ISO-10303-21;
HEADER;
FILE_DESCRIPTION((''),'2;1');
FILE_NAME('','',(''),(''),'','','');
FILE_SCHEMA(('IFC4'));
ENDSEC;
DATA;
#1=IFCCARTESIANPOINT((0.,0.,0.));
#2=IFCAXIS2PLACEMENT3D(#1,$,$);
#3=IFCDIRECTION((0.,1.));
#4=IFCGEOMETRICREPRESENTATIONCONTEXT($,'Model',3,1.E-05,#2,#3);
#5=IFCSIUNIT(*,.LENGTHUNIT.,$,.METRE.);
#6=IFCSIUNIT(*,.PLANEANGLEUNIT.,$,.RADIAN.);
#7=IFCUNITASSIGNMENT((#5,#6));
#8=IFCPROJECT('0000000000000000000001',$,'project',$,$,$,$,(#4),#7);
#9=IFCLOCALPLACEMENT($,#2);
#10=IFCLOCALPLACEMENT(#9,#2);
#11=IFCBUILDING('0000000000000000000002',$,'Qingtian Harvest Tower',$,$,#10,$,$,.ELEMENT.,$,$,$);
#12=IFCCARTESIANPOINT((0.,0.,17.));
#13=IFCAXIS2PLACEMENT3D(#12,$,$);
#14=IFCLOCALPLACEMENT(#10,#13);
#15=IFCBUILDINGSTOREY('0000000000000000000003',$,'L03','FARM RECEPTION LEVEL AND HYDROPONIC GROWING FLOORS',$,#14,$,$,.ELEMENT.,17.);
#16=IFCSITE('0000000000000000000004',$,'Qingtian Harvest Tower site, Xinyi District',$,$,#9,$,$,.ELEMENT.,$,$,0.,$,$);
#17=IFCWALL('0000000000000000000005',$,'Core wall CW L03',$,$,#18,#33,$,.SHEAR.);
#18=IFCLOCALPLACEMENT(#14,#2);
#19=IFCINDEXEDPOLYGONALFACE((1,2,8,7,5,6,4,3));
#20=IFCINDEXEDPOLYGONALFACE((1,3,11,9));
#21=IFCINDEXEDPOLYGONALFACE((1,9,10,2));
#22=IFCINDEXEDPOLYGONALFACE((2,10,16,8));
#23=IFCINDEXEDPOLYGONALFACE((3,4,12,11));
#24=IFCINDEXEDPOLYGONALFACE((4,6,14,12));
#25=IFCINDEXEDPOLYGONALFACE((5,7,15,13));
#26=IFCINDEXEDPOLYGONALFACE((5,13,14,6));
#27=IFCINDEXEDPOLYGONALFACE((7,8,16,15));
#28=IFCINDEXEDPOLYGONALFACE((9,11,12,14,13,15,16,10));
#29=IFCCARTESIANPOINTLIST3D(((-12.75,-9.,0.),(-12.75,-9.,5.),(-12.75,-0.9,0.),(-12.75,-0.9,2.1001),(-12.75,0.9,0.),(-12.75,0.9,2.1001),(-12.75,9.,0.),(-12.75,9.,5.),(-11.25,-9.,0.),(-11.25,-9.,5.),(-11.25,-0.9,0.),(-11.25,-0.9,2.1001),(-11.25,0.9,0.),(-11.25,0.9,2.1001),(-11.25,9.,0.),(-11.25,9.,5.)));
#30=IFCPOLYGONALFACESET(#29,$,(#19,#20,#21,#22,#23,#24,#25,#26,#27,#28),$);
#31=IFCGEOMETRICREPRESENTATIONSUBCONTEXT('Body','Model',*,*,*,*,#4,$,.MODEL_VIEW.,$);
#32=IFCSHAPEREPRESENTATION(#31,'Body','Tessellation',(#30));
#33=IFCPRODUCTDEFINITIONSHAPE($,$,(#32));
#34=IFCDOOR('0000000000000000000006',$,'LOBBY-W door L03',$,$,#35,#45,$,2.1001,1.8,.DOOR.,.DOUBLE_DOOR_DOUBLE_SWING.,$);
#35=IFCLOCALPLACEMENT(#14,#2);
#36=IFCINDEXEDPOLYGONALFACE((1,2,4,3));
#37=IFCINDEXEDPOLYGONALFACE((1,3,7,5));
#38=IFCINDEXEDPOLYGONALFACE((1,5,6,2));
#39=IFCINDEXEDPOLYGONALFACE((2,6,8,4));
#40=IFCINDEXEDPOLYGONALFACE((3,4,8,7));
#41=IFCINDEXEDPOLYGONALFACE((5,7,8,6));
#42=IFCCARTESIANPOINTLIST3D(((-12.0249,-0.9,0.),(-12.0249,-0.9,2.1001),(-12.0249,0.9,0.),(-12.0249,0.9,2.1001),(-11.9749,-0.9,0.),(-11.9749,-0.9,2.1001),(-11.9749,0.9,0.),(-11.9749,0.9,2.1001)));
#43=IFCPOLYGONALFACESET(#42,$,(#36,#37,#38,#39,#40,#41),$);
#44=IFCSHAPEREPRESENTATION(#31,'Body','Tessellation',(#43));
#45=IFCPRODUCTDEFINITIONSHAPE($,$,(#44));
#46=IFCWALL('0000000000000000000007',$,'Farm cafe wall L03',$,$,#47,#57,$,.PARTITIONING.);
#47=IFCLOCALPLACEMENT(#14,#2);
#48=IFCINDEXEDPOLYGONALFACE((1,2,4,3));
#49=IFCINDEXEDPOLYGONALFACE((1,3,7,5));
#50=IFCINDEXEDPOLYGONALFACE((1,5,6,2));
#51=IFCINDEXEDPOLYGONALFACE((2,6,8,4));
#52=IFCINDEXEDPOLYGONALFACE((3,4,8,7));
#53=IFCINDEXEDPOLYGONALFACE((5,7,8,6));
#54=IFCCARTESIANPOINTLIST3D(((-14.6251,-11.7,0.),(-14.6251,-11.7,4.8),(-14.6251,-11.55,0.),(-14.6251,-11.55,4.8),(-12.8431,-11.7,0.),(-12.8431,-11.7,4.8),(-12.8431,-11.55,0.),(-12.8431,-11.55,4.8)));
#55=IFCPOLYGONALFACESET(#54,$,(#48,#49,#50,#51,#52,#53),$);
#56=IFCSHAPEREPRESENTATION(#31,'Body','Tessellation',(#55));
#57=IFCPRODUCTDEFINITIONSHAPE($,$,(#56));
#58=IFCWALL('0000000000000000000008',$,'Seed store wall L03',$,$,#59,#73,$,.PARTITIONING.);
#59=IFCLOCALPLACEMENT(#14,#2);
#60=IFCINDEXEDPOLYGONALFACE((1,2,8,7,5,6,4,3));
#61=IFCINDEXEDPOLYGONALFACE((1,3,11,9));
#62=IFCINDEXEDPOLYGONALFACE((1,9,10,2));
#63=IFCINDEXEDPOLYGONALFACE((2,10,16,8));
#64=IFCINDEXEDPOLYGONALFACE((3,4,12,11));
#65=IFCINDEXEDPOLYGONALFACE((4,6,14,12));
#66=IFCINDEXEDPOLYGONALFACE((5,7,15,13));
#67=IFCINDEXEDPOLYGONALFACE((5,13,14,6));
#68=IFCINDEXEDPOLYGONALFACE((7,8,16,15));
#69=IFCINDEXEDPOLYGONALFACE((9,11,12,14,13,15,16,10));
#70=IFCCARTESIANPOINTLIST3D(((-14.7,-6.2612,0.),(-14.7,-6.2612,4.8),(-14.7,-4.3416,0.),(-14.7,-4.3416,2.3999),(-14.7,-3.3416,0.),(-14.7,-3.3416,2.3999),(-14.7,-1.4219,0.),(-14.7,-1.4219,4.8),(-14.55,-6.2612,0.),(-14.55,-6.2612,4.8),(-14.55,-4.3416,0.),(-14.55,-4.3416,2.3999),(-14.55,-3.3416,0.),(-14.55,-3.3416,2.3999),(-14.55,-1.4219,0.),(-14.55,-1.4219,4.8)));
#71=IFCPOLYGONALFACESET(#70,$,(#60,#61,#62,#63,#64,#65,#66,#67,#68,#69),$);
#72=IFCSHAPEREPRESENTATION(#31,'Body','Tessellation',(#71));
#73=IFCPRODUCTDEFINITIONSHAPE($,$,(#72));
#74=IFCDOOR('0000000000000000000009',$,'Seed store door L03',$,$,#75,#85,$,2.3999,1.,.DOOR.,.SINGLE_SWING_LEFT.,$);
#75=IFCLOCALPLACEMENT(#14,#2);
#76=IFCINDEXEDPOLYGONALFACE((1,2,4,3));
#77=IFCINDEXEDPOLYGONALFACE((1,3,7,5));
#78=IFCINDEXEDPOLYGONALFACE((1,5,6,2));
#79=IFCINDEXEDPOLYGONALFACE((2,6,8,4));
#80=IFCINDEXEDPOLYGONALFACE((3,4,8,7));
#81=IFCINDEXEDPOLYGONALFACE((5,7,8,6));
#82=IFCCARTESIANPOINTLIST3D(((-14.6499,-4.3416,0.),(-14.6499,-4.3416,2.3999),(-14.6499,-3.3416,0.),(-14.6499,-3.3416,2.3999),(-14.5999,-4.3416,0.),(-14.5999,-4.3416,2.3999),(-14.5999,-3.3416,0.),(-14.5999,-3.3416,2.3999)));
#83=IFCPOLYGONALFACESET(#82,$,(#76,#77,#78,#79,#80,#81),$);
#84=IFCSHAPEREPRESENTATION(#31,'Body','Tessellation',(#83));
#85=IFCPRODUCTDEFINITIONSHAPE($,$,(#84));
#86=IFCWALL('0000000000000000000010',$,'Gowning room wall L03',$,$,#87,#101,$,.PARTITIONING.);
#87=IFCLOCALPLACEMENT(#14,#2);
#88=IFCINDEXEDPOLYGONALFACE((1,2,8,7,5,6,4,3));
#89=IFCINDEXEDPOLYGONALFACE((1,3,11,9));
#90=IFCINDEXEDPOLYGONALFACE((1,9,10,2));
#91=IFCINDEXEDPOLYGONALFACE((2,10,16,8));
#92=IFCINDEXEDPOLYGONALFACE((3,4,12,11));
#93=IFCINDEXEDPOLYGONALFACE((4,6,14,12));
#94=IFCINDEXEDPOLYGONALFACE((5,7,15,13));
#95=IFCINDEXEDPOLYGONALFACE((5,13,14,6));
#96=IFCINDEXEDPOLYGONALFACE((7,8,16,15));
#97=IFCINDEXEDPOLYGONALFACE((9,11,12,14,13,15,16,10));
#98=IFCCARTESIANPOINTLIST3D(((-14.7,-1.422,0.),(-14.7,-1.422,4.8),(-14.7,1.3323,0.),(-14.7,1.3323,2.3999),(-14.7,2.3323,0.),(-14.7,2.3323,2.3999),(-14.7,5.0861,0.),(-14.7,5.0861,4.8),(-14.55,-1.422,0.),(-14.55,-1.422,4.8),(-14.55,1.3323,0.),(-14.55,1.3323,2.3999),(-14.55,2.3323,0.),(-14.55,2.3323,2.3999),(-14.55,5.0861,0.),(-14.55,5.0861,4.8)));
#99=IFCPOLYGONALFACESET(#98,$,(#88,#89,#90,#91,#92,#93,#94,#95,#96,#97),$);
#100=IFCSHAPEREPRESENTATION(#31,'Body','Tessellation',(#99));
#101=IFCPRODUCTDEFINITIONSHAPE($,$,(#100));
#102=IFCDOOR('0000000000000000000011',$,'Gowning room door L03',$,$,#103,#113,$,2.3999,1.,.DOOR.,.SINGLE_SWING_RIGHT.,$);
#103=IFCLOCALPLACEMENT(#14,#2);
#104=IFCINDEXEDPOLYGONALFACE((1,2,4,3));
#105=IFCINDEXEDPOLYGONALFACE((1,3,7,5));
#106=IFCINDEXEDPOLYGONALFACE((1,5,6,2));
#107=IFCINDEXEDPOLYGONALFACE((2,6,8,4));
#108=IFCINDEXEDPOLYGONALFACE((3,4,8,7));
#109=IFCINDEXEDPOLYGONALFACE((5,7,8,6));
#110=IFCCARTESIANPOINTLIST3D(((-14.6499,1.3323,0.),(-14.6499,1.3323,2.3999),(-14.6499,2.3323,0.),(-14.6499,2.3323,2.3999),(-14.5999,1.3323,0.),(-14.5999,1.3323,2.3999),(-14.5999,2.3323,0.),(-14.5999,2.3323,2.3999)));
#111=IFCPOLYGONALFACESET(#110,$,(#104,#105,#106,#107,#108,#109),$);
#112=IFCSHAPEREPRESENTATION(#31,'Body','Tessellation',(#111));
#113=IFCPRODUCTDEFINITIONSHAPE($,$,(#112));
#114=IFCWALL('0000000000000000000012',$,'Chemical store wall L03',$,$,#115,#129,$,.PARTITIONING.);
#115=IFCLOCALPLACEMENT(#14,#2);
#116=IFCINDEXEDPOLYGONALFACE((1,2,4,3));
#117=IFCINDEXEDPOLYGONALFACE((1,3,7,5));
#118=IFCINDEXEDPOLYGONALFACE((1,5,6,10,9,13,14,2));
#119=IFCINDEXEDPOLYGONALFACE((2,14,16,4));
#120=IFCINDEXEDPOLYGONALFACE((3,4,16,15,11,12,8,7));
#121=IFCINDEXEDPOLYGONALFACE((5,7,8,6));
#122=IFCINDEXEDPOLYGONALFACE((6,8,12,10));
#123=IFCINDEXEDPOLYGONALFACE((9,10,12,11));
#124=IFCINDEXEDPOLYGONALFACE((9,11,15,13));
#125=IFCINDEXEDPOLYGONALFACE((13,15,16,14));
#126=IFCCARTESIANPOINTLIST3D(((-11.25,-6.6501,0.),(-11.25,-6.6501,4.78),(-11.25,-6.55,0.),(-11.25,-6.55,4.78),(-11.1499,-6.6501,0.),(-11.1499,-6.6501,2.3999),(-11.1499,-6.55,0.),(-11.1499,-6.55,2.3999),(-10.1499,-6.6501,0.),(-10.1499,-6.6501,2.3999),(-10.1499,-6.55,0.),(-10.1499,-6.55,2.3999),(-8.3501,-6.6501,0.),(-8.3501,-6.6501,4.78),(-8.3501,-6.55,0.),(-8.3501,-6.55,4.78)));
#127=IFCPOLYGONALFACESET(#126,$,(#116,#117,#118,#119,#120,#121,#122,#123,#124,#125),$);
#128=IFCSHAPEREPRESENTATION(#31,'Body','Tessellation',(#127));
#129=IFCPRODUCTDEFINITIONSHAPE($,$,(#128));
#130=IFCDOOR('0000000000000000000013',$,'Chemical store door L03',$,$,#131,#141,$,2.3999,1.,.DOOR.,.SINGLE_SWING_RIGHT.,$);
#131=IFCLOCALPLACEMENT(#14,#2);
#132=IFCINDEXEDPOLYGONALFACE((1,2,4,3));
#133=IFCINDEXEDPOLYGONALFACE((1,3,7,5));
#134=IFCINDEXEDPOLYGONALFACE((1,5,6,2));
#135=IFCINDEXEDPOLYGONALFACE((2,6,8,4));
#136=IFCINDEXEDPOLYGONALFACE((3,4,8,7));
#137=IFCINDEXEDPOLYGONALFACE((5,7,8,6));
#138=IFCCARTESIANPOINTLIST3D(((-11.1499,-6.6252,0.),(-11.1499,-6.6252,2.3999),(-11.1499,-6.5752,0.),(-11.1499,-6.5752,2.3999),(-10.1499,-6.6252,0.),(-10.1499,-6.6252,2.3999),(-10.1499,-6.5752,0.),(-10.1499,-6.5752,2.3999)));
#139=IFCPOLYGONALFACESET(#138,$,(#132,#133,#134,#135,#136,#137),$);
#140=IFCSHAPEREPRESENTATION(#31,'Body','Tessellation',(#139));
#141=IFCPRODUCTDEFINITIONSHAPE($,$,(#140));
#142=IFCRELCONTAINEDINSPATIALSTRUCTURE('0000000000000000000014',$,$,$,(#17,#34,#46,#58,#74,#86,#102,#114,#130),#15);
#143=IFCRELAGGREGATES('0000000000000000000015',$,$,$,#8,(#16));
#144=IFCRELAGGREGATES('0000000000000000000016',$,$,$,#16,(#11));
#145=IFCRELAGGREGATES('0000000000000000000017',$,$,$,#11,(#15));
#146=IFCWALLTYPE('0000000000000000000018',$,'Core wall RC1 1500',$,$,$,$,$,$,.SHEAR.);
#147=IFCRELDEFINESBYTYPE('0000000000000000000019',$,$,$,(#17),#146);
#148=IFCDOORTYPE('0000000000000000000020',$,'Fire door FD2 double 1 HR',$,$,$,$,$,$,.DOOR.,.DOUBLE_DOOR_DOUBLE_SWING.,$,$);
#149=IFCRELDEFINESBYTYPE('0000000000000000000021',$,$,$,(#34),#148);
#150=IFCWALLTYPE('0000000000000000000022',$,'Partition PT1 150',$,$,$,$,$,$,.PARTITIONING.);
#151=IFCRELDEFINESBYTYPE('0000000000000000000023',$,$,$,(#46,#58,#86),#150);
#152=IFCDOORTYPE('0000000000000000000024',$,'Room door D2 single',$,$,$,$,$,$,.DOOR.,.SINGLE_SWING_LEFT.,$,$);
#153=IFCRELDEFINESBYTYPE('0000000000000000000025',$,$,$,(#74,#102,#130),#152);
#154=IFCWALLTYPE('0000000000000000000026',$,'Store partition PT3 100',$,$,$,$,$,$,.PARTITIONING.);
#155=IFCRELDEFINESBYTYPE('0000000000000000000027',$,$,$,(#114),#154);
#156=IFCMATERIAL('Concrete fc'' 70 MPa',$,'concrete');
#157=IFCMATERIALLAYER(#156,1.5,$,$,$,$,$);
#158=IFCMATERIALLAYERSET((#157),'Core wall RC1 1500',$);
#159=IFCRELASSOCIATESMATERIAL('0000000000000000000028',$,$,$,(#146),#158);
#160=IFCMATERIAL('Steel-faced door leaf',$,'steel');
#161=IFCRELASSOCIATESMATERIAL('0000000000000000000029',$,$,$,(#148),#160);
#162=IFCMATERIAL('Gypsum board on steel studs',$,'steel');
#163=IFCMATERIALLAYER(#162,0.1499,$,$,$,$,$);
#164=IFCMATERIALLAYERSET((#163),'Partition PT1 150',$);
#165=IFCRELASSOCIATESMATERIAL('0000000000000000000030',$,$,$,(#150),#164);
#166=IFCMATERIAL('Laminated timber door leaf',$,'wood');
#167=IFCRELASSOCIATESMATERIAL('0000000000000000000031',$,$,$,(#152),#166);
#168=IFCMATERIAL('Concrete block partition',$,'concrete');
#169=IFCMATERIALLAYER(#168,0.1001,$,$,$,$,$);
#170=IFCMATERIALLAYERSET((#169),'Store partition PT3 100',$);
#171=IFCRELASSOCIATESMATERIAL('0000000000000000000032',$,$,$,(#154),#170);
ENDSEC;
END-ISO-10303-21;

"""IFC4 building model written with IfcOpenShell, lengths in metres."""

from ifc_helpers import new_model, si_unit, direction, frame, frame_2d, origin, place, context, subcontext, project, spatial, rectangle, extrude, material, layer, layer_set, type_object, element, fill, save


model = new_model("IFC4")

# Units and contexts
model_context = context("Model", 3, precision=1e-05, world=origin(), true_north=direction((0.0, 1.0)))
body_context = subcontext(model_context, "Body", "Model", "MODEL_VIEW")
ifc_project = project(units=[si_unit("LENGTHUNIT", "METRE"), si_unit("PLANEANGLEUNIT", "RADIAN")], contexts=[model_context])

# Site, building, storey
site_placement = place(None, origin())
site = spatial("IfcSite", under=ifc_project, at=site_placement, Name="Qingtian Harvest Tower site, Xinyi District", CompositionType="ELEMENT", RefElevation=0.0)
building_placement = place(site_placement, origin())
building = spatial("IfcBuilding", under=site, at=building_placement, Name="Qingtian Harvest Tower", CompositionType="ELEMENT")
storey_placement = place(building_placement, frame((0.0, 0.0, 17.0)))
storey = spatial("IfcBuildingStorey", under=building, at=storey_placement, Name="L03", Description="FARM RECEPTION LEVEL AND HYDROPONIC GROWING FLOORS", CompositionType="ELEMENT", Elevation=17.0)

# Shared definitions
ifc_material_1 = material(Name="Concrete fc' 70 MPa", Category="concrete")
ifc_layer_1 = layer(ifc_material_1, 1.5)
ifc_layer_set_1 = layer_set([ifc_layer_1], Name="Core wall RC1 1500")
wall_type_1 = type_object("IfcWallType", Name="Core wall RC1 1500", PredefinedType="SHEAR", material=ifc_layer_set_1)

# Wall, opening, door
wall_1_placement = place(storey_placement, frame((-12.0, -9.0, 0.0), z_axis=(0.0, 0.0, 1.0), x_axis=(0.0, 1.0, 0.0)))
wall_1 = element("IfcWall", 1, at=wall_1_placement, inside=storey, type_object=wall_type_1, Name="Core wall CW L03", PredefinedType="SHEAR", context=body_context, shape_type="SweptSolid", body=[
    extrude(rectangle(XDim=18.0, YDim=1.5, at=frame_2d((9.0, 0.0))), origin(), (0.0, 0.0, 1.0), 5.0),
])
opening_1_placement = place(wall_1_placement, frame((8.1001, 0.0, 0.0)))
opening_1 = element("IfcOpeningElement", 2, at=opening_1_placement, cuts=wall_1, PredefinedType="OPENING", context=body_context, shape_type="SweptSolid", body=[
    extrude(rectangle(XDim=1.8, YDim=2.1001, at=frame_2d((0.8999, 1.05))), frame((0.0, 0.76, 0.0), z_axis=(0.0, -1.0, 0.0), x_axis=(1.0, 0.0, 0.0)), (0.0, 0.0, 1.0), 1.52),
])
ifc_material_2 = material(Name="Steel-faced door leaf", Category="steel")
door_type_1 = type_object("IfcDoorType", Name="Fire door FD2 double 1 HR", OperationType="DOUBLE_DOOR_DOUBLE_SWING", PredefinedType="DOOR", material=ifc_material_2)
door_1_placement = place(opening_1_placement, origin())
door_1 = element("IfcDoor", 3, at=door_1_placement, inside=storey, type_object=door_type_1, Name="LOBBY-W door L03", OperationType="DOUBLE_DOOR_DOUBLE_SWING", OverallHeight=2.1001, OverallWidth=1.8, PredefinedType="DOOR", context=body_context, shape_type="SweptSolid", body=[
    extrude(rectangle(XDim=1.8, YDim=2.1001, at=frame_2d((0.8999, 1.05))), frame((0.0, 0.0249, 0.0), z_axis=(0.0, -1.0, 0.0), x_axis=(1.0, 0.0, 0.0)), (0.0, 0.0, 1.0), 0.05),
])
fill(opening_1, door_1)

# Wall
ifc_material_3 = material(Name="Gypsum board on steel studs", Category="steel")
ifc_layer_2 = layer(ifc_material_3, 0.1499)
ifc_layer_set_2 = layer_set([ifc_layer_2], Name="Partition PT1 150")
wall_type_2 = type_object("IfcWallType", Name="Partition PT1 150", PredefinedType="PARTITIONING", material=ifc_layer_set_2)
wall_2_placement = place(storey_placement, frame((-12.843, -11.625, 0.0), z_axis=(0.0, 0.0, 1.0), x_axis=(-1.0, 0.0, 0.0)))
element("IfcWall", 4, at=wall_2_placement, inside=storey, type_object=wall_type_2, Name="Farm cafe wall L03", PredefinedType="PARTITIONING", context=body_context, shape_type="SweptSolid", body=[
    extrude(rectangle(XDim=1.782, YDim=0.1499, at=frame_2d((0.8911, 0.0))), origin(), (0.0, 0.0, 1.0), 4.8),
])

# Walls, openings, doors
wall_3_placement = place(storey_placement, frame((-14.625, -6.2612, 0.0), z_axis=(0.0, 0.0, 1.0), x_axis=(0.0, 1.0, 0.0)))
wall_3 = element("IfcWall", 5, at=wall_3_placement, inside=storey, type_object=wall_type_2, Name="Seed store wall L03", PredefinedType="PARTITIONING", context=body_context, shape_type="SweptSolid", body=[
    extrude(rectangle(XDim=4.8394, YDim=0.1499, at=frame_2d((2.4197, 0.0))), origin(), (0.0, 0.0, 1.0), 4.8),
])
opening_2_placement = place(wall_3_placement, frame((1.9197, 0.0, 0.0)))
opening_2 = element("IfcOpeningElement", 6, at=opening_2_placement, cuts=wall_3, PredefinedType="OPENING", context=body_context, shape_type="SweptSolid", body=[
    extrude(rectangle(XDim=1.0, YDim=2.3999, at=frame_2d((0.5, 1.2))), frame((0.0, 0.085, 0.0), z_axis=(0.0, -1.0, 0.0), x_axis=(1.0, 0.0, 0.0)), (0.0, 0.0, 1.0), 0.1699),
])
ifc_material_4 = material(Name="Laminated timber door leaf", Category="wood")
door_type_2 = type_object("IfcDoorType", Name="Room door D2 single", OperationType="SINGLE_SWING_LEFT", PredefinedType="DOOR", material=ifc_material_4)
door_2_placement = place(opening_2_placement, origin())
door_2 = element("IfcDoor", 7, at=door_2_placement, inside=storey, type_object=door_type_2, Name="Seed store door L03", OperationType="SINGLE_SWING_LEFT", OverallHeight=2.3999, OverallWidth=1.0, PredefinedType="DOOR", context=body_context, shape_type="SweptSolid", body=[
    extrude(rectangle(XDim=1.0, YDim=2.3999, at=frame_2d((0.5, 1.2))), frame((0.0, 0.0249, 0.0), z_axis=(0.0, -1.0, 0.0), x_axis=(1.0, 0.0, 0.0)), (0.0, 0.0, 1.0), 0.05),
])
fill(opening_2, door_2)
wall_4_placement = place(storey_placement, frame((-14.625, -1.4219, 0.0), z_axis=(0.0, 0.0, 1.0), x_axis=(0.0, 1.0, 0.0)))
wall_4 = element("IfcWall", 8, at=wall_4_placement, inside=storey, type_object=wall_type_2, Name="Gowning room wall L03", PredefinedType="PARTITIONING", context=body_context, shape_type="SweptSolid", body=[
    extrude(rectangle(XDim=6.5081, YDim=0.1499, at=frame_2d((3.2539, 0.0))), origin(), (0.0, 0.0, 1.0), 4.8),
])
opening_3_placement = place(wall_4_placement, frame((2.7542, 0.0, 0.0)))
opening_3 = element("IfcOpeningElement", 9, at=opening_3_placement, cuts=wall_4, PredefinedType="OPENING", context=body_context, shape_type="SweptSolid", body=[
    extrude(rectangle(XDim=1.0, YDim=2.3999, at=frame_2d((0.5, 1.2))), frame((0.0, 0.085, 0.0), z_axis=(0.0, -1.0, 0.0), x_axis=(1.0, 0.0, 0.0)), (0.0, 0.0, 1.0), 0.1699),
])
door_3_placement = place(opening_3_placement, origin())
door_3 = element("IfcDoor", 10, at=door_3_placement, inside=storey, type_object=door_type_2, Name="Gowning room door L03", OperationType="SINGLE_SWING_RIGHT", OverallHeight=2.3999, OverallWidth=1.0, PredefinedType="DOOR", context=body_context, shape_type="SweptSolid", body=[
    extrude(rectangle(XDim=1.0, YDim=2.3999, at=frame_2d((0.5, 1.2))), frame((0.0, 0.0249, 0.0), z_axis=(0.0, -1.0, 0.0), x_axis=(1.0, 0.0, 0.0)), (0.0, 0.0, 1.0), 0.05),
])
fill(opening_3, door_3)
ifc_material_5 = material(Name="Concrete block partition", Category="concrete")
ifc_layer_3 = layer(ifc_material_5, 0.1001)
ifc_layer_set_3 = layer_set([ifc_layer_3], Name="Store partition PT3 100")
wall_type_3 = type_object("IfcWallType", Name="Store partition PT3 100", PredefinedType="PARTITIONING", material=ifc_layer_set_3)
wall_5_placement = place(storey_placement, frame((-11.25, -6.6001, 0.0), z_axis=(0.0, 0.0, 1.0), x_axis=(1.0, 0.0, 0.0)))
wall_5 = element("IfcWall", 11, at=wall_5_placement, inside=storey, type_object=wall_type_3, Name="Chemical store wall L03", PredefinedType="PARTITIONING", context=body_context, shape_type="SweptSolid", body=[
    extrude(rectangle(XDim=2.8999, YDim=0.1001, at=frame_2d((1.45, 0.0))), origin(), (0.0, 0.0, 1.0), 4.78),
])
opening_4_placement = place(wall_5_placement, frame((0.1001, 0.0, 0.0)))
opening_4 = element("IfcOpeningElement", 12, at=opening_4_placement, cuts=wall_5, PredefinedType="OPENING", context=body_context, shape_type="SweptSolid", body=[
    extrude(rectangle(XDim=1.0, YDim=2.3999, at=frame_2d((0.5, 1.2))), frame((0.0, 0.0601, 0.0), z_axis=(0.0, -1.0, 0.0), x_axis=(1.0, 0.0, 0.0)), (0.0, 0.0, 1.0), 0.1201),
])
door_4_placement = place(opening_4_placement, origin())
door_4 = element("IfcDoor", 13, at=door_4_placement, inside=storey, type_object=door_type_2, Name="Chemical store door L03", OperationType="SINGLE_SWING_RIGHT", OverallHeight=2.3999, OverallWidth=1.0, PredefinedType="DOOR", context=body_context, shape_type="SweptSolid", body=[
    extrude(rectangle(XDim=1.0, YDim=2.3999, at=frame_2d((0.5, 1.2))), frame((0.0, 0.0249, 0.0), z_axis=(0.0, -1.0, 0.0), x_axis=(1.0, 0.0, 0.0)), (0.0, 0.0, 1.0), 0.05),
])
fill(opening_4, door_4)

save(model, "model.ifc")
